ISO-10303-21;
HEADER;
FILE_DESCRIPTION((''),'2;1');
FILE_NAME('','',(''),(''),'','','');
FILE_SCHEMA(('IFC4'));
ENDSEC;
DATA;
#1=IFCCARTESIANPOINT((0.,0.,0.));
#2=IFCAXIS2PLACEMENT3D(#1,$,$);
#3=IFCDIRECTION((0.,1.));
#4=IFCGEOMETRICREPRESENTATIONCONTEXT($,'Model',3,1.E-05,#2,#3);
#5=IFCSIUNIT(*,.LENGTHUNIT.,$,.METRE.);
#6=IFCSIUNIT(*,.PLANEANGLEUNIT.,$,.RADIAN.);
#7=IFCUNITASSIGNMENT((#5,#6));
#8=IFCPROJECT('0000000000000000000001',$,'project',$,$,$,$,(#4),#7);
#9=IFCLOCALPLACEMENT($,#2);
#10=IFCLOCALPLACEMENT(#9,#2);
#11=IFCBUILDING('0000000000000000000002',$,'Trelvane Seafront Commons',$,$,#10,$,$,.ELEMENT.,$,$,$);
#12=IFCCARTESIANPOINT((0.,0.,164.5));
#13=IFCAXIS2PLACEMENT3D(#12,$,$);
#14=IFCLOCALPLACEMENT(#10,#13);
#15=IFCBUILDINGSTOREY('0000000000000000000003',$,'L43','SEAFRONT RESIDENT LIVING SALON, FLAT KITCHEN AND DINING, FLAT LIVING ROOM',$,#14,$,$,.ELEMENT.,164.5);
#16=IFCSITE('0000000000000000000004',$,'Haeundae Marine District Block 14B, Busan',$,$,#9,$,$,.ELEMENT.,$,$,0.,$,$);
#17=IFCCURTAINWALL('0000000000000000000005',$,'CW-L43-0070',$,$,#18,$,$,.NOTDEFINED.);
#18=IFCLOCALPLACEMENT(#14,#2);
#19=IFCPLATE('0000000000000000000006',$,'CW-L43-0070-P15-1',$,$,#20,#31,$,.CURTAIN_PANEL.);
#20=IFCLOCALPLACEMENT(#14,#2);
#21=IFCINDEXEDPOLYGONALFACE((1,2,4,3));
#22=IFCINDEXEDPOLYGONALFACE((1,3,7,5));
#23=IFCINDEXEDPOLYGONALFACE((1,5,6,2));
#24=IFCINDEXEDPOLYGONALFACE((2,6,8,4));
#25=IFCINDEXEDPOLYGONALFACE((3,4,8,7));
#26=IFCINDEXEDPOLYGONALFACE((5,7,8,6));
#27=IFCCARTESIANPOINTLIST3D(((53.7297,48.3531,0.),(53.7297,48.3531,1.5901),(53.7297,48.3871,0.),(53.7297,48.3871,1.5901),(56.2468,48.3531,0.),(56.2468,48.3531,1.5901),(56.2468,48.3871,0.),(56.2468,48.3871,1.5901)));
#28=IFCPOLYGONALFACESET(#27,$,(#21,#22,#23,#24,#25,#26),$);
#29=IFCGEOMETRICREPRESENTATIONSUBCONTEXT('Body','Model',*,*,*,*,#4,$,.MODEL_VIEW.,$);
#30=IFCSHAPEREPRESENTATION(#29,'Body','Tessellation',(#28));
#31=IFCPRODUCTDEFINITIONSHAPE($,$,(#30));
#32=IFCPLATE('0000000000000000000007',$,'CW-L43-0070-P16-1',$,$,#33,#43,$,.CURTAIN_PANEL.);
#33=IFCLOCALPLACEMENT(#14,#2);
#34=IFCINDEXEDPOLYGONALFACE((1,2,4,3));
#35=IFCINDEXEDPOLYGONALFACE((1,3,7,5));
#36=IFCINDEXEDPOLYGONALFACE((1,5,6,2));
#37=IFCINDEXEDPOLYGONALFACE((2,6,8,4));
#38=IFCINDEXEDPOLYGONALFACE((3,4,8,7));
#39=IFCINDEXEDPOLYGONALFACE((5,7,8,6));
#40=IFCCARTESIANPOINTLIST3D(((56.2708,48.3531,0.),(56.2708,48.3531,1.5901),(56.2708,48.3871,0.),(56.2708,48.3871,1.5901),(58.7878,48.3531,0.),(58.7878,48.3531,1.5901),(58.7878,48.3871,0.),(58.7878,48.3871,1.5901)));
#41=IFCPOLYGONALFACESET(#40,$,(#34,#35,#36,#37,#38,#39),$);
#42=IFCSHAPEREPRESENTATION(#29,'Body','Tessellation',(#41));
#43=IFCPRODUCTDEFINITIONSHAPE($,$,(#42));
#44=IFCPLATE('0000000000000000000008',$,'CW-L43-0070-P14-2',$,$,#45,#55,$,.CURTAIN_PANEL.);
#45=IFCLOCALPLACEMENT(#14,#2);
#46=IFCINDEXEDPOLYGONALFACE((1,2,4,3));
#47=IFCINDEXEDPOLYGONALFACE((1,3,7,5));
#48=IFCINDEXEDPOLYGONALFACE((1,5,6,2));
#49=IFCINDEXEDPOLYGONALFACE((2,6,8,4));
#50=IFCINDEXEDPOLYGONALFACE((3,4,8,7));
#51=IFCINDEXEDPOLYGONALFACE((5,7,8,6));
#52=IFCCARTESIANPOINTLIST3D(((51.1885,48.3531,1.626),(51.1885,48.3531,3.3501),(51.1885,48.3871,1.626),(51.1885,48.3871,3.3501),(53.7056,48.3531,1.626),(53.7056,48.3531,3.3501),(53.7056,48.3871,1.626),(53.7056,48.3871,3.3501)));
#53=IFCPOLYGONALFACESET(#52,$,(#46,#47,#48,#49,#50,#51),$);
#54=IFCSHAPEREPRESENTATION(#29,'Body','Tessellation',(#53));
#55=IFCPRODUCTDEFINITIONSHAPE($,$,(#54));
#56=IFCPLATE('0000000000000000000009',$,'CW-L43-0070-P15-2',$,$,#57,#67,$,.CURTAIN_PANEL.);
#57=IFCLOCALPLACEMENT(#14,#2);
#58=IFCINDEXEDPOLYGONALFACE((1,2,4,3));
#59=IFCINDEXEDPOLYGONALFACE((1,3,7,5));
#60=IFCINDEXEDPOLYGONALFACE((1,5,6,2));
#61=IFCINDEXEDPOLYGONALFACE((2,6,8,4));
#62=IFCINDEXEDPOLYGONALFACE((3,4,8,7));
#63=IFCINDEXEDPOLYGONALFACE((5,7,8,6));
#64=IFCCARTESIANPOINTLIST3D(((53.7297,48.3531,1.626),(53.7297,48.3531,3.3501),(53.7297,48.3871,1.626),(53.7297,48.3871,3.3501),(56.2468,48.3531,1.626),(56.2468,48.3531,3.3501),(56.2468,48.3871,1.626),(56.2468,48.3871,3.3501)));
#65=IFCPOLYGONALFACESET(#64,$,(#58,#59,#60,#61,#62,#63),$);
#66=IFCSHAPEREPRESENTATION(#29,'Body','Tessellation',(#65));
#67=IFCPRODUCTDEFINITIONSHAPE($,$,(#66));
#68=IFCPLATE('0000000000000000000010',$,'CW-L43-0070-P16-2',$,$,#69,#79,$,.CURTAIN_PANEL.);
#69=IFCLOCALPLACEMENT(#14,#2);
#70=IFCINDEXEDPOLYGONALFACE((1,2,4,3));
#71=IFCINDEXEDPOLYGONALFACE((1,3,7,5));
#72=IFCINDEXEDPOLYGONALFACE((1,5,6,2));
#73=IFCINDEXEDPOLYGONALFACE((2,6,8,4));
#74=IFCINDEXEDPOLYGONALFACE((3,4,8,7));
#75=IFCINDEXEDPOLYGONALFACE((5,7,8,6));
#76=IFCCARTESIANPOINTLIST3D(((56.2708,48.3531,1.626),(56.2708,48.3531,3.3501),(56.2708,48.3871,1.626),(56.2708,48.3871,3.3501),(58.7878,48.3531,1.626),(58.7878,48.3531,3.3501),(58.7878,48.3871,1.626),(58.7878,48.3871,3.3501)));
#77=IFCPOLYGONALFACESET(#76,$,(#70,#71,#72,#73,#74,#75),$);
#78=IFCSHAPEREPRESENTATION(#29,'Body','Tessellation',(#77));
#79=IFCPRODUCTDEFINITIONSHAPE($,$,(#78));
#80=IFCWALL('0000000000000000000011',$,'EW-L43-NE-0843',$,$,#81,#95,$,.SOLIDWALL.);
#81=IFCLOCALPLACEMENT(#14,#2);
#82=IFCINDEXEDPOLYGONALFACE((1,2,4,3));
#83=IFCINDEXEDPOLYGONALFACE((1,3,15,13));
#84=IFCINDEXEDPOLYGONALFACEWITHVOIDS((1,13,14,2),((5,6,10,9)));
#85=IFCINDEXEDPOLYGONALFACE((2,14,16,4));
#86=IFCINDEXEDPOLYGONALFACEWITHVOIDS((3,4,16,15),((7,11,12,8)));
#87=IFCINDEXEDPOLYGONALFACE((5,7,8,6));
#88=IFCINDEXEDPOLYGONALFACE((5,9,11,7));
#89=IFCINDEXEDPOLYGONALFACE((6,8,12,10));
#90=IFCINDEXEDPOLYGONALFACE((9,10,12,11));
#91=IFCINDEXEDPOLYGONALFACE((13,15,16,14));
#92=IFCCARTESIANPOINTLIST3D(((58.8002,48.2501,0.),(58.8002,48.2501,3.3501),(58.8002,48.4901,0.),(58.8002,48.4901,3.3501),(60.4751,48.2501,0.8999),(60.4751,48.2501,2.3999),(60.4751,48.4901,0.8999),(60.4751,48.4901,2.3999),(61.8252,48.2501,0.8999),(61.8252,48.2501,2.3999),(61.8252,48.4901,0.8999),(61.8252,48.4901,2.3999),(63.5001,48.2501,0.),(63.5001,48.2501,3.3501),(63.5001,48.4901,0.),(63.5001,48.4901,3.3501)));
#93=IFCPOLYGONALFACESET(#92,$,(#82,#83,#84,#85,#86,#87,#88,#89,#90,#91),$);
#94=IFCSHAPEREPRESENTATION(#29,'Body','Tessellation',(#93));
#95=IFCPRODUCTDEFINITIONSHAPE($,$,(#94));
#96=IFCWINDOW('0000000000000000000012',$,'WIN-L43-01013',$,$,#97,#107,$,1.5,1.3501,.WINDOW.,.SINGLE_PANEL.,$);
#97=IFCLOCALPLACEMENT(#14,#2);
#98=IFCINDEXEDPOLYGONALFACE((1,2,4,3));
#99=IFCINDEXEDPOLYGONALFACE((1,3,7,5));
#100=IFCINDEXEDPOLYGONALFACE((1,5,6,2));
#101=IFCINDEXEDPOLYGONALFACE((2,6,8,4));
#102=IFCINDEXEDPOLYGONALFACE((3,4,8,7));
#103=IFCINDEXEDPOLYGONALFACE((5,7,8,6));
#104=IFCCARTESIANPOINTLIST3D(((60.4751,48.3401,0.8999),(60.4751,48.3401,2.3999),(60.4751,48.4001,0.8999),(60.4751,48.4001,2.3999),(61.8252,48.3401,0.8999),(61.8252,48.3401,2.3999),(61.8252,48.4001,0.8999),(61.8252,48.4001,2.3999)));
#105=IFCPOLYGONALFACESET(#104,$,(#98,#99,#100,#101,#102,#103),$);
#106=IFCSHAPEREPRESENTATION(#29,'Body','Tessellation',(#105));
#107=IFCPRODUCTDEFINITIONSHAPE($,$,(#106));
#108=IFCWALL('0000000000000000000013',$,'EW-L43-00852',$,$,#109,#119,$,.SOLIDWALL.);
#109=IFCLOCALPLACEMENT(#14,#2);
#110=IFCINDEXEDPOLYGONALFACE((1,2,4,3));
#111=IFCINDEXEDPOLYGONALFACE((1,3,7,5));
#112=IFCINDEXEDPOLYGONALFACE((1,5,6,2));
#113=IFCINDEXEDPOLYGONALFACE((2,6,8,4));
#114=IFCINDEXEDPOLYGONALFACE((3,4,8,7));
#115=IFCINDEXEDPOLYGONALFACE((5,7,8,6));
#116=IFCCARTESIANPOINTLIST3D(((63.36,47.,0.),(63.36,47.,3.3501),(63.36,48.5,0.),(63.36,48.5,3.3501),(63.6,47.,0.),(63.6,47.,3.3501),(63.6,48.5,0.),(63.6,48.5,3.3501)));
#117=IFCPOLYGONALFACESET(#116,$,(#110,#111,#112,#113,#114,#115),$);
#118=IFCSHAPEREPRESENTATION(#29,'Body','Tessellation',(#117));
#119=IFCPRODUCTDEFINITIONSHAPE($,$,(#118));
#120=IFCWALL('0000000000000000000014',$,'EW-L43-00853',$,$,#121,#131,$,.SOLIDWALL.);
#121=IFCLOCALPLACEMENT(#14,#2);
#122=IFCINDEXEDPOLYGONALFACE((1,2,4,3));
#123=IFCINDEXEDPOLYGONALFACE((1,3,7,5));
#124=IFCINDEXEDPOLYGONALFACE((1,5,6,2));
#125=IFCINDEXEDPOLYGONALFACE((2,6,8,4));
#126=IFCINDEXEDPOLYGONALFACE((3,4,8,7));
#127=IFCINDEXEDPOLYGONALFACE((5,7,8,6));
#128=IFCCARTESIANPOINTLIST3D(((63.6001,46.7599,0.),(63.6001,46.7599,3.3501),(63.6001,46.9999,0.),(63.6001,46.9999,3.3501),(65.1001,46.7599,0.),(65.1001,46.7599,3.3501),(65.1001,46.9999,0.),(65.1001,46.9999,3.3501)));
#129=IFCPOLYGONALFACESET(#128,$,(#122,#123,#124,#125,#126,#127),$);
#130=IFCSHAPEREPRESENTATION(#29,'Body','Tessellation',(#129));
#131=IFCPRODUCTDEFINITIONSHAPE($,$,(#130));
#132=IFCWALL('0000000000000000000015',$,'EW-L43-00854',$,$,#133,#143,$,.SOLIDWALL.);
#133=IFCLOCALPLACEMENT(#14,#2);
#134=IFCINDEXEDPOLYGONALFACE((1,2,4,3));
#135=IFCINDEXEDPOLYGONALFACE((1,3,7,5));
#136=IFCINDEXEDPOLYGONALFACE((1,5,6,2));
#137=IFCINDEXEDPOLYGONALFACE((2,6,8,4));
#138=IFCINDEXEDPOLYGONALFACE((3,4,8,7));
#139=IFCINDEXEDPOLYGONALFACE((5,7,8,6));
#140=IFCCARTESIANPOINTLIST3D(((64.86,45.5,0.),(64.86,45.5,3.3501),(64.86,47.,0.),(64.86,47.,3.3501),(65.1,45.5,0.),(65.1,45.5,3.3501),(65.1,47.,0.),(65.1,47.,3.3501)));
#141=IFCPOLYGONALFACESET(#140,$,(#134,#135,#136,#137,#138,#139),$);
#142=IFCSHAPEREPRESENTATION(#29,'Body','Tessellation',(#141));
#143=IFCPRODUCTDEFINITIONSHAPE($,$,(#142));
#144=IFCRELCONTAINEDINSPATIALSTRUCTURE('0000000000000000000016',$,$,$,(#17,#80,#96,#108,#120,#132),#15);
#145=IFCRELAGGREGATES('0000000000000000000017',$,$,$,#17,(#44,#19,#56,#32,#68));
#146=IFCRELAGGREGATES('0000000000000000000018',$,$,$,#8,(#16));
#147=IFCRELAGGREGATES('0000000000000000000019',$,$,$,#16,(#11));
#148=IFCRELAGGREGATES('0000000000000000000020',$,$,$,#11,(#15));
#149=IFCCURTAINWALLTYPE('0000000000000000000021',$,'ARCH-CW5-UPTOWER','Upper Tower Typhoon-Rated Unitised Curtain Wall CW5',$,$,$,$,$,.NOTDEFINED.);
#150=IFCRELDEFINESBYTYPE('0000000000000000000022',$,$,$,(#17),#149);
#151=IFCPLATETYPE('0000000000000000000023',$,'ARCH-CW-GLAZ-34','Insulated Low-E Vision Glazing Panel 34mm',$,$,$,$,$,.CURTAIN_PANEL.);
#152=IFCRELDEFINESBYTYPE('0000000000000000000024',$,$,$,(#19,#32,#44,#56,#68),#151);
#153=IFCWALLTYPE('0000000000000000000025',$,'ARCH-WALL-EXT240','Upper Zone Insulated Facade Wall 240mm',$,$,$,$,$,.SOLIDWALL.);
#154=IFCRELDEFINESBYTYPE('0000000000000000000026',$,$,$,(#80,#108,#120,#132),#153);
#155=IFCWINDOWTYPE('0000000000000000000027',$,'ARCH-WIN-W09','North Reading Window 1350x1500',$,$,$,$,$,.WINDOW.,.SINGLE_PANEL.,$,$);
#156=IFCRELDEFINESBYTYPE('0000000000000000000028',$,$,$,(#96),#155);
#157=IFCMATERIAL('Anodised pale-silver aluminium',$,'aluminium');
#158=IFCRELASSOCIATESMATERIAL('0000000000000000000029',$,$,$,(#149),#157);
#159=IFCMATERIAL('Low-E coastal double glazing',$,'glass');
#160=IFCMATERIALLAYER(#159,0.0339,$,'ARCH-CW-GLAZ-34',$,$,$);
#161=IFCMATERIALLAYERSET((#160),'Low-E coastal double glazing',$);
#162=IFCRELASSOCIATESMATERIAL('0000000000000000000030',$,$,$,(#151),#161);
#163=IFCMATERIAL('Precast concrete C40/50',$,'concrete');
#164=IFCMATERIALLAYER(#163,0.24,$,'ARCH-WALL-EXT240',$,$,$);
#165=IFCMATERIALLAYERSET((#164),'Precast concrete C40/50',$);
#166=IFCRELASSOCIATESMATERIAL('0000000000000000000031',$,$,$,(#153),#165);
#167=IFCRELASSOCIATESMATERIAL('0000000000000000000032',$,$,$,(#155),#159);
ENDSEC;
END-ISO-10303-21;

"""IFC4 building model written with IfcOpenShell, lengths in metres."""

from ifc_helpers import new_model, si_unit, direction, frame, frame_2d, origin, origin_2d, place, context, subcontext, project, spatial, rectangle, extrude, source, transform, mapped, material, layer, layer_set, type_object, element, fill, aggregate, save


model = new_model("IFC4")

# Units and contexts
model_context = context("Model", 3, precision=1e-05, world=origin(), true_north=direction((0.0, 1.0)))
body_context = subcontext(model_context, "Body", "Model", "MODEL_VIEW")
ifc_project = project(units=[si_unit("LENGTHUNIT", "METRE"), si_unit("PLANEANGLEUNIT", "RADIAN")], contexts=[model_context])

# Site, building, storey
site_placement = place(None, origin())
site = spatial("IfcSite", under=ifc_project, at=site_placement, Name="Haeundae Marine District Block 14B, Busan", CompositionType="ELEMENT", RefElevation=0.0)
building_placement = place(site_placement, origin())
building = spatial("IfcBuilding", under=site, at=building_placement, Name="Trelvane Seafront Commons", CompositionType="ELEMENT")
storey_placement = place(building_placement, frame((0.0, 0.0, 164.5)))
storey = spatial("IfcBuildingStorey", under=building, at=storey_placement, Name="L43", Description="SEAFRONT RESIDENT LIVING SALON, FLAT KITCHEN AND DINING, FLAT LIVING ROOM", CompositionType="ELEMENT", Elevation=164.5)

# Curtain wall
ifc_material_1 = material(Name="Anodised pale-silver aluminium", Category="aluminium")
curtain_wall_type = type_object("IfcCurtainWallType", Name="ARCH-CW5-UPTOWER", Description="Upper Tower Typhoon-Rated Unitised Curtain Wall CW5", PredefinedType="NOTDEFINED", material=ifc_material_1)
curtain_wall_placement = place(storey_placement, origin())
curtain_wall = element("IfcCurtainWall", 1, at=curtain_wall_placement, inside=storey, type_object=curtain_wall_type, Name="CW-L43-0070", PredefinedType="NOTDEFINED")

# Plates
ifc_material_2 = material(Name="Low-E coastal double glazing", Category="glass")
ifc_layer_1 = layer(ifc_material_2, 0.0339, Name="ARCH-CW-GLAZ-34")
ifc_layer_set_1 = layer_set([ifc_layer_1], Name="Low-E coastal double glazing")
plate_type_1 = type_object("IfcPlateType", Name="ARCH-CW-GLAZ-34", Description="Insulated Low-E Vision Glazing Panel 34mm", PredefinedType="CURTAIN_PANEL", material=ifc_layer_set_1)
shared_shape_1 = source(origin(), body_context, "Body", "SweptSolid", [
    extrude(rectangle(XDim=2.5171, YDim=0.0339, at=origin_2d()), origin(), (0.0, 0.0, 1.0), 1.5901),
])
plate_1_placement = place(storey_placement, frame((54.9883, 48.3701, 0.0), z_axis=(0.0, 0.0, 1.0), x_axis=(1.0, 0.0, 0.0)))
plate_1 = element("IfcPlate", 2, at=plate_1_placement, type_object=plate_type_1, Name="CW-L43-0070-P15-1", PredefinedType="CURTAIN_PANEL", context=body_context, shape_type="MappedRepresentation", body=[
    mapped(shared_shape_1, transform((0.0, 0.0, 0.0), x_axis=(1.0, 0.0, 0.0), y_axis=(0.0, 1.0, 0.0), z_axis=(0.0, 0.0, 1.0), scale=1.0)),
])
plate_2_placement = place(storey_placement, frame((57.5293, 48.3701, 0.0), z_axis=(0.0, 0.0, 1.0), x_axis=(1.0, 0.0, 0.0)))
plate_2 = element("IfcPlate", 3, at=plate_2_placement, type_object=plate_type_1, Name="CW-L43-0070-P16-1", PredefinedType="CURTAIN_PANEL", context=body_context, shape_type="MappedRepresentation", body=[
    mapped(shared_shape_1, transform((0.0, 0.0, 0.0), x_axis=(1.0, 0.0, 0.0), y_axis=(0.0, 1.0, 0.0), z_axis=(0.0, 0.0, 1.0), scale=1.0)),
])
shared_shape_2 = source(origin(), body_context, "Body", "SweptSolid", [
    extrude(rectangle(XDim=2.5171, YDim=0.0339, at=origin_2d()), origin(), (0.0, 0.0, 1.0), 1.7241),
])
plate_3_placement = place(storey_placement, frame((52.447, 48.3701, 1.626), z_axis=(0.0, 0.0, 1.0), x_axis=(1.0, 0.0, 0.0)))
plate_3 = element("IfcPlate", 4, at=plate_3_placement, type_object=plate_type_1, Name="CW-L43-0070-P14-2", PredefinedType="CURTAIN_PANEL", context=body_context, shape_type="MappedRepresentation", body=[
    mapped(shared_shape_2, transform((0.0, 0.0, 0.0), x_axis=(1.0, 0.0, 0.0), y_axis=(0.0, 1.0, 0.0), z_axis=(0.0, 0.0, 1.0), scale=1.0)),
])
plate_4_placement = place(storey_placement, frame((54.9883, 48.3701, 1.626), z_axis=(0.0, 0.0, 1.0), x_axis=(1.0, 0.0, 0.0)))
plate_4 = element("IfcPlate", 5, at=plate_4_placement, type_object=plate_type_1, Name="CW-L43-0070-P15-2", PredefinedType="CURTAIN_PANEL", context=body_context, shape_type="MappedRepresentation", body=[
    mapped(shared_shape_2, transform((0.0, 0.0, 0.0), x_axis=(1.0, 0.0, 0.0), y_axis=(0.0, 1.0, 0.0), z_axis=(0.0, 0.0, 1.0), scale=1.0)),
])
plate_5_placement = place(storey_placement, frame((57.5293, 48.3701, 1.626), z_axis=(0.0, 0.0, 1.0), x_axis=(1.0, 0.0, 0.0)))
plate_5 = element("IfcPlate", 6, at=plate_5_placement, type_object=plate_type_1, Name="CW-L43-0070-P16-2", PredefinedType="CURTAIN_PANEL", context=body_context, shape_type="MappedRepresentation", body=[
    mapped(shared_shape_2, transform((0.0, 0.0, 0.0), x_axis=(1.0, 0.0, 0.0), y_axis=(0.0, 1.0, 0.0), z_axis=(0.0, 0.0, 1.0), scale=1.0)),
])
aggregate(curtain_wall, [plate_3, plate_1, plate_4, plate_2, plate_5])

# Wall, opening, window
ifc_material_3 = material(Name="Precast concrete C40/50", Category="concrete")
ifc_layer_2 = layer(ifc_material_3, 0.24, Name="ARCH-WALL-EXT240")
ifc_layer_set_2 = layer_set([ifc_layer_2], Name="Precast concrete C40/50")
wall_type = type_object("IfcWallType", Name="ARCH-WALL-EXT240", Description="Upper Zone Insulated Facade Wall 240mm", PredefinedType="SOLIDWALL", material=ifc_layer_set_2)
wall_1_placement = place(storey_placement, frame((58.8, 48.3701, 0.0), z_axis=(0.0, 0.0, 1.0), x_axis=(1.0, 0.0, 0.0)))
wall_1 = element("IfcWall", 7, at=wall_1_placement, inside=storey, type_object=wall_type, Name="EW-L43-NE-0843", PredefinedType="SOLIDWALL", context=body_context, shape_type="SweptSolid", body=[
    extrude(rectangle(XDim=4.7, YDim=0.24, at=frame_2d((2.3501, 0.0))), origin(), (0.0, 0.0, 1.0), 3.3501),
])
opening_1_placement = place(wall_1_placement, frame((1.675, 0.0, 0.8999)))
opening_1 = element("IfcOpeningElement", 8, at=opening_1_placement, cuts=wall_1, PredefinedType="OPENING", context=body_context, shape_type="SweptSolid", body=[
    extrude(rectangle(XDim=1.3501, YDim=1.5, at=frame_2d((0.675, 0.75))), frame((0.0, 0.1299, 0.0), z_axis=(0.0, -1.0, 0.0), x_axis=(1.0, 0.0, 0.0)), (0.0, 0.0, 1.0), 0.26),
])
window_type_1 = type_object("IfcWindowType", Name="ARCH-WIN-W09", Description="North Reading Window 1350x1500", PartitioningType="SINGLE_PANEL", PredefinedType="WINDOW", material=ifc_material_2)
shared_shape_3 = source(origin(), body_context, "Body", "SweptSolid", [
    extrude(rectangle(XDim=1.3501, YDim=1.5, at=frame_2d((0.675, 0.75))), frame((0.0, 0.03, 0.0), z_axis=(0.0, -1.0, 0.0), x_axis=(1.0, 0.0, 0.0)), (0.0, 0.0, 1.0), 0.0601),
])
window_1_placement = place(opening_1_placement, origin())
window_1 = element("IfcWindow", 9, at=window_1_placement, inside=storey, type_object=window_type_1, Name="WIN-L43-01013", OverallHeight=1.5, OverallWidth=1.3501, PartitioningType="SINGLE_PANEL", PredefinedType="WINDOW", context=body_context, shape_type="MappedRepresentation", body=[
    mapped(shared_shape_3, transform((0.0, 0.0, 0.0), x_axis=(1.0, 0.0, 0.0), y_axis=(0.0, 1.0, 0.0), z_axis=(0.0, 0.0, 1.0), scale=1.0)),
])
fill(opening_1, window_1)

# Walls
for number, where, z_axis, x_axis, name in (
    (10, (63.48, 48.5, 0.0), (0.0, 0.0, 1.0), (0.0, -1.0, 0.0), "EW-L43-00852"),
    (11, (63.6001, 46.8799, 0.0), (0.0, 0.0, 1.0), (1.0, 0.0, 0.0), "EW-L43-00853"),
    (12, (64.98, 47.0, 0.0), (0.0, 0.0, 1.0), (0.0, -1.0, 0.0), "EW-L43-00854"),
):
    element("IfcWall", number, at=place(storey_placement, frame(where, z_axis=z_axis, x_axis=x_axis)), inside=storey, type_object=wall_type, Name=name, PredefinedType="SOLIDWALL", context=body_context, shape_type="SweptSolid", body=[
        extrude(rectangle(XDim=1.5, YDim=0.24, at=frame_2d((0.75, 0.0))), origin(), (0.0, 0.0, 1.0), 3.3501),
    ])

save(model, "model.ifc")
